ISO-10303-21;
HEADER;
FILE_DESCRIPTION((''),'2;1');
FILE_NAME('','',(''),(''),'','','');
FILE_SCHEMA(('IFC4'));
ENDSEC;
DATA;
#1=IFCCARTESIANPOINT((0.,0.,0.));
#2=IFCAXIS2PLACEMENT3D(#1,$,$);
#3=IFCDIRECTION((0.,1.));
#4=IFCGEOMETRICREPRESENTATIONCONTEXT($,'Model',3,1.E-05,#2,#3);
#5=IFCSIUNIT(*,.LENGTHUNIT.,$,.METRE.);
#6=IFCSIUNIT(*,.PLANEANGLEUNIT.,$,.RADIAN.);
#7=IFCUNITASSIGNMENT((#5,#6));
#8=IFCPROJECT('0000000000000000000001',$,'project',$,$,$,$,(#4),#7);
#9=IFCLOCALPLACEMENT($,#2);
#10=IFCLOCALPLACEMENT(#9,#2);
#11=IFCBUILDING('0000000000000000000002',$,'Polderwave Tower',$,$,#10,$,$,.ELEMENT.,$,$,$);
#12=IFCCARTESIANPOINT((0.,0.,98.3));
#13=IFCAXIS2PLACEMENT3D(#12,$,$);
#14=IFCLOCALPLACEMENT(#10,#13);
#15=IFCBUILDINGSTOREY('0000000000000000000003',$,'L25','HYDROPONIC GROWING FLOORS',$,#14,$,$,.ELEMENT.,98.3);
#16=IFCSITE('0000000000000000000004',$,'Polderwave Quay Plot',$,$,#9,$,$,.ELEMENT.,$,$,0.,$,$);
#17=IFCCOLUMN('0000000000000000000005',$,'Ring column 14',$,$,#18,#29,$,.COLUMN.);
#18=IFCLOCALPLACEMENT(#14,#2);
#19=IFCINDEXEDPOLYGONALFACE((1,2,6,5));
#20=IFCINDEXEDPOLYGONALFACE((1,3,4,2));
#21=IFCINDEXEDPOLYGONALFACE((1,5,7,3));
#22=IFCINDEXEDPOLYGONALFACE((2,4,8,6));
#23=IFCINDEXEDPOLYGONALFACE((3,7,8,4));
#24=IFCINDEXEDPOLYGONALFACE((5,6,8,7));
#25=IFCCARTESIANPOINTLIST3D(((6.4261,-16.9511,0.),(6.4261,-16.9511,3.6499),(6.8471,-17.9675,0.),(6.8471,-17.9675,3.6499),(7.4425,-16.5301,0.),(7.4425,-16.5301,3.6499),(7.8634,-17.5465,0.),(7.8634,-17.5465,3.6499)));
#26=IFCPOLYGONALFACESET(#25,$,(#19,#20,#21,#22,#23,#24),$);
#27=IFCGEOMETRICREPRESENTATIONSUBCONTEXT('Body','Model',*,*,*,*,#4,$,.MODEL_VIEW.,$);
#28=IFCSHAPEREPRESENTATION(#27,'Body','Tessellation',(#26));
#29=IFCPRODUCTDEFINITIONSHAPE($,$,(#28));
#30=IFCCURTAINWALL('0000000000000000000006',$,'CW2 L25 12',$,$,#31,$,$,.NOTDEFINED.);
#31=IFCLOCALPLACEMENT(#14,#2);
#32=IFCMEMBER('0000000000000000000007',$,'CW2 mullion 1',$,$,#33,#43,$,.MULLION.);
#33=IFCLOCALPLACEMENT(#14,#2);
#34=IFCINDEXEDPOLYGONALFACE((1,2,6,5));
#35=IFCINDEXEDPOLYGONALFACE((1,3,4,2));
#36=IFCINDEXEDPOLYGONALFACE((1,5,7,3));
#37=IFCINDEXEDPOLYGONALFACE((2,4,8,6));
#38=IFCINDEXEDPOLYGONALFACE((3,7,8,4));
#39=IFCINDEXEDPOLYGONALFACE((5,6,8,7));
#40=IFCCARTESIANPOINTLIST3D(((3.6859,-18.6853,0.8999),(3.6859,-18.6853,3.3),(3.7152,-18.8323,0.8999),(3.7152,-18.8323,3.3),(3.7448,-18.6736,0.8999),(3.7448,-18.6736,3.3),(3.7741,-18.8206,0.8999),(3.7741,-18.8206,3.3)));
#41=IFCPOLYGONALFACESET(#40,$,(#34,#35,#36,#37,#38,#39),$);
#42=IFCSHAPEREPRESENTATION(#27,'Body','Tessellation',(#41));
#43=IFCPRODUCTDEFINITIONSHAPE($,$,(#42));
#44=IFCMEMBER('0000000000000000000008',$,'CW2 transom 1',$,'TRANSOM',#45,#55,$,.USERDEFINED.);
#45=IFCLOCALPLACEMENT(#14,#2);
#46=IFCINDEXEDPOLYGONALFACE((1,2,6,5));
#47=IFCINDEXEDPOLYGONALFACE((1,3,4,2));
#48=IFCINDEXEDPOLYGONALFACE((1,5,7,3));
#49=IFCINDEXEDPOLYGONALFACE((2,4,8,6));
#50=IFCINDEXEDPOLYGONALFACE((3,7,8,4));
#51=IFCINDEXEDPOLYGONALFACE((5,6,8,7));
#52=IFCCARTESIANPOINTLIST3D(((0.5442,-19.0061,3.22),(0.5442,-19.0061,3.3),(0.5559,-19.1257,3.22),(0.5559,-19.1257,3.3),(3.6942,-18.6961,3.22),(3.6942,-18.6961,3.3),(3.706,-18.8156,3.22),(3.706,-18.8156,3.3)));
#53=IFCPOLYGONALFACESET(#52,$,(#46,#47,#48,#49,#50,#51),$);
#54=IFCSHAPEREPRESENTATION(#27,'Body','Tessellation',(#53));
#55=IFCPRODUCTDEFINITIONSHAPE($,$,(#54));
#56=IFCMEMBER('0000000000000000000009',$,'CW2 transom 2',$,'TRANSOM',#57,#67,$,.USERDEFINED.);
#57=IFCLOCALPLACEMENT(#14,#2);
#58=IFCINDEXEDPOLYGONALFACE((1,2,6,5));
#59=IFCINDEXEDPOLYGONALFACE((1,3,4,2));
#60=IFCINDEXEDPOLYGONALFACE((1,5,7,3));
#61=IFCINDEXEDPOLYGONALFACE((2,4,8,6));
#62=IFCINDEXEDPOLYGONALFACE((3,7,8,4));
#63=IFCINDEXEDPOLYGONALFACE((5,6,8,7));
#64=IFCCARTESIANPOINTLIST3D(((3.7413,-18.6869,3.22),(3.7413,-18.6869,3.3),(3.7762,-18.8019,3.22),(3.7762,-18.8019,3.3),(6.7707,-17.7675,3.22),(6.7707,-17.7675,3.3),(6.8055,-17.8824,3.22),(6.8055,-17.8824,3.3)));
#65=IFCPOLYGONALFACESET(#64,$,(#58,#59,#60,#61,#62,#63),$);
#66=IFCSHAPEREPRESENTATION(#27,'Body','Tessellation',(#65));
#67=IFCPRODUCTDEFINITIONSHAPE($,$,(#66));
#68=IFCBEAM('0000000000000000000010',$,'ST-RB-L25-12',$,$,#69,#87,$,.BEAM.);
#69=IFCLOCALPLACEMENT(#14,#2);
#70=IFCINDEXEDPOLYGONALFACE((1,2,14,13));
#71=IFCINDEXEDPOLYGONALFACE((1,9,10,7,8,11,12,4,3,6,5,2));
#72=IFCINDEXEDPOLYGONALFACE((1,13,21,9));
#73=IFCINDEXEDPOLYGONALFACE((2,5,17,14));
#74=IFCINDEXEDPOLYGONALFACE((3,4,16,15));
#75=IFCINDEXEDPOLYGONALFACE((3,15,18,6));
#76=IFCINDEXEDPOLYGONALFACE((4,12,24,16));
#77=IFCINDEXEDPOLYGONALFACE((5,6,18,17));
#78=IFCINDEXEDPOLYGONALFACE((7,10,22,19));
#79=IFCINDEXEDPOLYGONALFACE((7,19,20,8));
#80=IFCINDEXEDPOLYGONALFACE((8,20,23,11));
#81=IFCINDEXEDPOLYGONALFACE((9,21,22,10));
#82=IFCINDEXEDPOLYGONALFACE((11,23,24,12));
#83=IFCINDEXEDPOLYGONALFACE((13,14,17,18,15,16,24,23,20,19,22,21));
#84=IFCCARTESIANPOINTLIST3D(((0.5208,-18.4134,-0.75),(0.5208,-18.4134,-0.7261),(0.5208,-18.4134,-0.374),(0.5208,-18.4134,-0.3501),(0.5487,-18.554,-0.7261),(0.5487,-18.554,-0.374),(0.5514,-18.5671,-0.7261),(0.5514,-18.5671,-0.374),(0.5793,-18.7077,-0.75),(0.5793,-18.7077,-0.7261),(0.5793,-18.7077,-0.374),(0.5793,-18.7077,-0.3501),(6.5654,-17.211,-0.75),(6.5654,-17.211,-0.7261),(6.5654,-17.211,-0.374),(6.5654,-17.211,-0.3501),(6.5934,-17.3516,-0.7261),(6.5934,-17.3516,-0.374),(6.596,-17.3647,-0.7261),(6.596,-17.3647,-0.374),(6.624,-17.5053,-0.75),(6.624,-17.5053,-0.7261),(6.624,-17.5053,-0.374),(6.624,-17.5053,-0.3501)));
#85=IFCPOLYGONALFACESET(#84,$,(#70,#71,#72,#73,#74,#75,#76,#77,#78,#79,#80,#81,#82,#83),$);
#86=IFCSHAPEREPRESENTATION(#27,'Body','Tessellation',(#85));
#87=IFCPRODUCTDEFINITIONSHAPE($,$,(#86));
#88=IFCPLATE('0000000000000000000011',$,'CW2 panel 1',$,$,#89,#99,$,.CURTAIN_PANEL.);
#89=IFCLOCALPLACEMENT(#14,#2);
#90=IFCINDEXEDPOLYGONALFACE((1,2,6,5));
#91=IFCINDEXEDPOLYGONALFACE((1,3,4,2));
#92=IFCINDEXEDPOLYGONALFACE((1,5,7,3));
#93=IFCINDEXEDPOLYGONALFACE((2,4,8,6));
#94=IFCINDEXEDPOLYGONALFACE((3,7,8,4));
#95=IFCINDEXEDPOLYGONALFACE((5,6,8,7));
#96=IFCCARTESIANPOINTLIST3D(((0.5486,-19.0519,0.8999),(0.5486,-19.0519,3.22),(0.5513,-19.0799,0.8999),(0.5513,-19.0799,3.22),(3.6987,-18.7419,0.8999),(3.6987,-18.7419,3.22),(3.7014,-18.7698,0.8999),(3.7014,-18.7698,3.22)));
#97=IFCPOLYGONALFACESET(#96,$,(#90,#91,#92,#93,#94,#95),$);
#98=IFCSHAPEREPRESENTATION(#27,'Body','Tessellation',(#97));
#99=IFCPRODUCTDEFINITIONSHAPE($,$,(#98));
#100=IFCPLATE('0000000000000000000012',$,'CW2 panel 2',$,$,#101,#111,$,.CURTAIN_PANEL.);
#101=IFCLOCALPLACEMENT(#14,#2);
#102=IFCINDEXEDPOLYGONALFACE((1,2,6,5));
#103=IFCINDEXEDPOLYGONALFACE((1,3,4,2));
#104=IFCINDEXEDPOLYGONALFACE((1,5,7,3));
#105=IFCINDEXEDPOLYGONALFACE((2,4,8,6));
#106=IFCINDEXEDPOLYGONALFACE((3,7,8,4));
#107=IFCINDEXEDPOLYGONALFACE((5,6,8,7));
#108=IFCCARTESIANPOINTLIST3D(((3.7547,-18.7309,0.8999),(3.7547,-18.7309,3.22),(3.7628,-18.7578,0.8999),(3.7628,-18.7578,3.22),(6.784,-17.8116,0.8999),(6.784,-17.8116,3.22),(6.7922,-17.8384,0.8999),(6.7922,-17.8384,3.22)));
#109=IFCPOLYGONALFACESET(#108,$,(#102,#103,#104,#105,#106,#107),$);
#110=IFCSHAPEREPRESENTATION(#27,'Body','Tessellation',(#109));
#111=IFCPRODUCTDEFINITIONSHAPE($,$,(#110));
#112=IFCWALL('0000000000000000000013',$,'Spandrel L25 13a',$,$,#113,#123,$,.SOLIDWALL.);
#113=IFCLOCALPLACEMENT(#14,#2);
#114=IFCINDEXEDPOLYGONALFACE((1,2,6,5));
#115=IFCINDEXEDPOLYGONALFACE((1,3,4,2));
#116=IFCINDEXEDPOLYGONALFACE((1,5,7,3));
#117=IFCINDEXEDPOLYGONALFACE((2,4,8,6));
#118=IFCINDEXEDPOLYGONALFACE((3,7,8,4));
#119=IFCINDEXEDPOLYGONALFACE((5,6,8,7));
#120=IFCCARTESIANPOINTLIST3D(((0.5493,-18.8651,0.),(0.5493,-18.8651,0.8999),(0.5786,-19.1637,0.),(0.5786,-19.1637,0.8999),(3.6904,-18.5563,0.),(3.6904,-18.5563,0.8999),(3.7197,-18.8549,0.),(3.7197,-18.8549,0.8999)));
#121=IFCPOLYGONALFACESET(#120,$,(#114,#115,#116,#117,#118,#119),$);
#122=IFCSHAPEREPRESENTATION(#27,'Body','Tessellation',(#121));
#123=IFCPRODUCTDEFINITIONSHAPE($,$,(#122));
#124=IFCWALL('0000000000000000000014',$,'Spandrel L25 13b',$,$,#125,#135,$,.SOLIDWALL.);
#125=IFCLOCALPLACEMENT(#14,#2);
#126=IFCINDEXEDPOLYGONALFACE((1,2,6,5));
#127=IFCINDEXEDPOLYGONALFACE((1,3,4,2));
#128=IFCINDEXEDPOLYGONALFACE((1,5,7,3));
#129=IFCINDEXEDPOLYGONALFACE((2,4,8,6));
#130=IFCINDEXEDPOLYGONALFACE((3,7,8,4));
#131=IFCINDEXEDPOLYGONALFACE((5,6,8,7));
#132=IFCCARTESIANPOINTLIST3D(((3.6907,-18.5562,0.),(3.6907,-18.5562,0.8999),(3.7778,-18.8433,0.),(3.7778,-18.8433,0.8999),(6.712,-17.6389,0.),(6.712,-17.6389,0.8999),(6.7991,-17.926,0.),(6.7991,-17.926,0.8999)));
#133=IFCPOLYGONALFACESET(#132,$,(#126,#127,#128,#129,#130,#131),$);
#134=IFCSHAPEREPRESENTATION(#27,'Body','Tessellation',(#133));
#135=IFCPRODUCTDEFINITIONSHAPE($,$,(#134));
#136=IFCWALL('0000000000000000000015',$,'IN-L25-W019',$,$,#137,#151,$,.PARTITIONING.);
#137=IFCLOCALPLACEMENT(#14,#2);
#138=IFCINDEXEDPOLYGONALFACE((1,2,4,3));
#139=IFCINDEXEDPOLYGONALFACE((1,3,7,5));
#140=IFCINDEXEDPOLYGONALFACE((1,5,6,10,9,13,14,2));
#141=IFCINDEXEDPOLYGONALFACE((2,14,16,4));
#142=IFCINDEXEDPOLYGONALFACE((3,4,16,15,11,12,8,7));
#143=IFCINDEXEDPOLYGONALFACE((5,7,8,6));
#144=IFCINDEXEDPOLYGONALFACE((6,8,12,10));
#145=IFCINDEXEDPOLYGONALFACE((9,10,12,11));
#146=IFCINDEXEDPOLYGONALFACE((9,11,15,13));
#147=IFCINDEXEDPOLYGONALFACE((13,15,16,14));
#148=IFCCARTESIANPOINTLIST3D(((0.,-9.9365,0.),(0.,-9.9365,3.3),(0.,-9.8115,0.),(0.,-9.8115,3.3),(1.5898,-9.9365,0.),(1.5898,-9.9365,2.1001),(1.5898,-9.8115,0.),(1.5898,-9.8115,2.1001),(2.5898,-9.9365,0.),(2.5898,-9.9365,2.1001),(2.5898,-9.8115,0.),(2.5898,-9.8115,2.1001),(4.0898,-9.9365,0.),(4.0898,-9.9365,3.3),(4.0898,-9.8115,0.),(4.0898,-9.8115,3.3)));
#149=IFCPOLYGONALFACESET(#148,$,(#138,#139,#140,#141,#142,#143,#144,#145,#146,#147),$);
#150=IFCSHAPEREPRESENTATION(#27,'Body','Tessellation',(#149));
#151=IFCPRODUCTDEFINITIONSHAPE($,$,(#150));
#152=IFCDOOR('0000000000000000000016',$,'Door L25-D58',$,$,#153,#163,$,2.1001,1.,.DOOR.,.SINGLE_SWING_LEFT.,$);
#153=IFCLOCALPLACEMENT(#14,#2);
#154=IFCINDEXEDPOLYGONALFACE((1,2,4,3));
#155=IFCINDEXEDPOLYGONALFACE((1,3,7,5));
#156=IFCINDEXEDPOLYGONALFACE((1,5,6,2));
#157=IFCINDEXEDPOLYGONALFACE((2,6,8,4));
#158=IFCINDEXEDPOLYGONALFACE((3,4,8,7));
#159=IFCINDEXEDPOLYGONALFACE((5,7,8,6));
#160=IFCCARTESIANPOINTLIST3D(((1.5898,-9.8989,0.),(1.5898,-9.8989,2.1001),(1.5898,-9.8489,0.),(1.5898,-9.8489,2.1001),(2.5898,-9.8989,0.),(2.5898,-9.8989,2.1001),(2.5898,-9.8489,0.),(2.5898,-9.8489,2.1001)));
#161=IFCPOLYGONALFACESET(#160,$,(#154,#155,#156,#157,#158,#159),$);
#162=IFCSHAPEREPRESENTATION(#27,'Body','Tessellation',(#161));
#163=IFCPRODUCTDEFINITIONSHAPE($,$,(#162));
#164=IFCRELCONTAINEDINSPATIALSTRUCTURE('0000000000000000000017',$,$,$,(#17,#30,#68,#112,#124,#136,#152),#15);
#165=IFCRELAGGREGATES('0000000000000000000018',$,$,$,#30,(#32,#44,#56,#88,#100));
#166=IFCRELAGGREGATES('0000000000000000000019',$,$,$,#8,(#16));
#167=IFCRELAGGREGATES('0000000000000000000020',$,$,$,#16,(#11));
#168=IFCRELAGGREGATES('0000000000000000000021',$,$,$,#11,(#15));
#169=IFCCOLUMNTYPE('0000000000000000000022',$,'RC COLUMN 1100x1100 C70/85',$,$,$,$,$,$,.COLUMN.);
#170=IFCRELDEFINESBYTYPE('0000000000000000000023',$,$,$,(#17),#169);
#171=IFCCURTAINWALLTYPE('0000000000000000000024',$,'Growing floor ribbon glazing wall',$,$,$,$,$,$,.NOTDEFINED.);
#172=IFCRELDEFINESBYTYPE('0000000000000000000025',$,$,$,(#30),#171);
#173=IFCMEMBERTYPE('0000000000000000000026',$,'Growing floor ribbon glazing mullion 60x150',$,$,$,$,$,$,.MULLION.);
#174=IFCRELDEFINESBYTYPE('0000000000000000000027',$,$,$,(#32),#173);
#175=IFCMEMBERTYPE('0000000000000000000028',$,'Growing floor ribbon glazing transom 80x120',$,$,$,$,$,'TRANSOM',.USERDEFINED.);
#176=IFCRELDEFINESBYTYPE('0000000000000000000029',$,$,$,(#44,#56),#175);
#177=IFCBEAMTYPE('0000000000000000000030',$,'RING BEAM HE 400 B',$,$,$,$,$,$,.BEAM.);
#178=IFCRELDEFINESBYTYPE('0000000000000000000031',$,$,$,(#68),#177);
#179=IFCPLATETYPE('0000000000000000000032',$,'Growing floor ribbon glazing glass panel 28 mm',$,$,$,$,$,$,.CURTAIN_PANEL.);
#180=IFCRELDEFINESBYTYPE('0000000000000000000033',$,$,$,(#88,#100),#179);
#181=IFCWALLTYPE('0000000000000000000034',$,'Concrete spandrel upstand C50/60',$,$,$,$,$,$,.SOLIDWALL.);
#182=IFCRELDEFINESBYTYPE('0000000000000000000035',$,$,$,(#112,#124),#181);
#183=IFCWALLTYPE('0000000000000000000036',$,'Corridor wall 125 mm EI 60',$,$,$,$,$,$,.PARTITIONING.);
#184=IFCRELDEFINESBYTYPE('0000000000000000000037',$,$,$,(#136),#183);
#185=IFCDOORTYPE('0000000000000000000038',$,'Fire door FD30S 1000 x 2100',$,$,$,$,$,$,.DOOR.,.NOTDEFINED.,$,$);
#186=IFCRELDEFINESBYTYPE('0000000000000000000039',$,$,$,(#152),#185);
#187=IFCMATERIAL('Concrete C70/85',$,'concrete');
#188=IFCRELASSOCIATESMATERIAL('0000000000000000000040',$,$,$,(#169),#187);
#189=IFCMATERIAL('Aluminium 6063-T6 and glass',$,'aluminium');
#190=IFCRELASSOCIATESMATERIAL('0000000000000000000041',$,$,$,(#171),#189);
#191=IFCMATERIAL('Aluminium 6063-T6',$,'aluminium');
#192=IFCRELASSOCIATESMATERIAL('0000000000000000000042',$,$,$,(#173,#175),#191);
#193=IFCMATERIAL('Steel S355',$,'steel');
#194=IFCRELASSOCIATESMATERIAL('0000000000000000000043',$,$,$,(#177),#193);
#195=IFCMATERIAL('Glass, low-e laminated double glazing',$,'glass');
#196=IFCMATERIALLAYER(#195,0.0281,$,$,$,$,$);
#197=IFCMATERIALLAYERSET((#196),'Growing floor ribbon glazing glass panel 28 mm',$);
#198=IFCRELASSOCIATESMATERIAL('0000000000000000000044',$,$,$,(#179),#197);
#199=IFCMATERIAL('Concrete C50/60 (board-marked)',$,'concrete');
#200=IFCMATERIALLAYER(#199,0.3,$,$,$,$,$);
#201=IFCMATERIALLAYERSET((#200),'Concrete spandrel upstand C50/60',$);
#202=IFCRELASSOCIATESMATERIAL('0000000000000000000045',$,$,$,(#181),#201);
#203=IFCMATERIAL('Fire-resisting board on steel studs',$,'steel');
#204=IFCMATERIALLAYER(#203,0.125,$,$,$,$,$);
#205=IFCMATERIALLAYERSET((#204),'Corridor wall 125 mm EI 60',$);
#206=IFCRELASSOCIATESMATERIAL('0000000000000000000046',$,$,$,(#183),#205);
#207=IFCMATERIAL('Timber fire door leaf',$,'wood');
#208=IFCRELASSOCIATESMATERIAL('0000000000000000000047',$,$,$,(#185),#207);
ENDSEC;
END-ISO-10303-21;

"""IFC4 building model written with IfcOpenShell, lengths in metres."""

from ifc_helpers import new_model, si_unit, direction, frame, frame_2d, origin, origin_2d, place, context, subcontext, project, spatial, rectangle, i_section, extrude, material, layer, layer_set, material_profile, profile_set, type_object, element, fill, aggregate, save


model = new_model("IFC4")

# Units and contexts
model_context = context("Model", 3, precision=1e-05, world=origin(), true_north=direction((0.0, 1.0)))
body_context = subcontext(model_context, "Body", "Model", "MODEL_VIEW")
ifc_project = project(units=[si_unit("LENGTHUNIT", "METRE"), si_unit("PLANEANGLEUNIT", "RADIAN")], contexts=[model_context])

# Site, building, storey
site_placement = place(None, origin())
site = spatial("IfcSite", under=ifc_project, at=site_placement, Name="Polderwave Quay Plot", CompositionType="ELEMENT", RefElevation=0.0)
building_placement = place(site_placement, origin())
building = spatial("IfcBuilding", under=site, at=building_placement, Name="Polderwave Tower", CompositionType="ELEMENT")
storey_placement = place(building_placement, frame((0.0, 0.0, 98.3)))
storey = spatial("IfcBuildingStorey", under=building, at=storey_placement, Name="L25", Description="HYDROPONIC GROWING FLOORS", CompositionType="ELEMENT", Elevation=98.3)

# Column
ifc_material_1 = material(Name="Concrete C70/85", Category="concrete")
ifc_material_profile_1 = material_profile(ifc_material_1, rectangle(XDim=1.1001, YDim=1.1001, at=origin_2d()), Name="RC 1100x1100")
ifc_profile_set_1 = profile_set([ifc_material_profile_1], Name="Concrete C70/85")
column_type = type_object("IfcColumnType", Name="RC COLUMN 1100x1100 C70/85", PredefinedType="COLUMN", material=ifc_profile_set_1)
column_placement = place(storey_placement, frame((7.1448, -17.2488, 0.0), z_axis=(0.0, 0.0, 1.0), x_axis=(0.382683, -0.92388, 0.0)))
element("IfcColumn", 1, at=column_placement, inside=storey, type_object=column_type, Name="Ring column 14", PredefinedType="COLUMN", context=body_context, shape_type="SweptSolid", body=[
    extrude(rectangle(XDim=1.1001, YDim=1.1001, at=origin_2d()), origin(), (0.0, 0.0, 1.0), 3.6499),
])

# Curtain wall, members
ifc_material_2 = material(Name="Aluminium 6063-T6 and glass", Category="aluminium")
curtain_wall_type = type_object("IfcCurtainWallType", Name="Growing floor ribbon glazing wall", PredefinedType="NOTDEFINED", material=ifc_material_2)
curtain_wall_placement = place(storey_placement, origin())
curtain_wall = element("IfcCurtainWall", 2, at=curtain_wall_placement, inside=storey, type_object=curtain_wall_type, Name="CW2 L25 12", PredefinedType="NOTDEFINED")
ifc_material_3 = material(Name="Aluminium 6063-T6", Category="aluminium")
ifc_material_profile_2 = material_profile(ifc_material_3, rectangle(XDim=0.1499, YDim=0.0601, at=origin_2d()), Name="AL 60x150")
ifc_profile_set_2 = profile_set([ifc_material_profile_2], Name="Aluminium 6063-T6")
member_type_1 = type_object("IfcMemberType", Name="Growing floor ribbon glazing mullion 60x150", PredefinedType="MULLION", material=ifc_profile_set_2)
member_1_placement = place(storey_placement, frame((3.73, -18.7529, 0.8999), z_axis=(0.0, 0.0, 1.0), x_axis=(-0.195113, 0.980781, 0.0)))
member_1 = element("IfcMember", 3, at=member_1_placement, type_object=member_type_1, Name="CW2 mullion 1", PredefinedType="MULLION", context=body_context, shape_type="SweptSolid", body=[
    extrude(rectangle(XDim=0.1499, YDim=0.0601, at=origin_2d()), origin(), (0.0, 0.0, 1.0), 2.4001),
])
ifc_material_profile_3 = material_profile(ifc_material_3, rectangle(XDim=0.1201, YDim=0.0801, at=origin_2d()), Name="AL 80x120")
ifc_profile_set_3 = profile_set([ifc_material_profile_3], Name="Aluminium 6063-T6")
member_type_2 = type_object("IfcMemberType", Name="Growing floor ribbon glazing transom 80x120", ElementType="TRANSOM", PredefinedType="USERDEFINED", material=ifc_profile_set_3)
member_2_placement = place(storey_placement, frame((0.55, -19.0659, 3.26), z_axis=(0.995191, 0.097953, 0.0), x_axis=(-0.097953, 0.995191, 0.0)))
member_2 = element("IfcMember", 4, at=member_2_placement, type_object=member_type_2, Name="CW2 transom 1", ObjectType="TRANSOM", PredefinedType="USERDEFINED", context=body_context, shape_type="SweptSolid", body=[
    extrude(rectangle(XDim=0.1201, YDim=0.0801, at=origin_2d()), origin(), (0.0, 0.0, 1.0), 3.1653),
])
member_3_placement = place(storey_placement, frame((3.7588, -18.7444, 3.26), z_axis=(0.956896, 0.290431, 0.0), x_axis=(-0.290431, 0.956896, 0.0)))
member_3 = element("IfcMember", 5, at=member_3_placement, type_object=member_type_2, Name="CW2 transom 2", ObjectType="TRANSOM", PredefinedType="USERDEFINED", context=body_context, shape_type="SweptSolid", body=[
    extrude(rectangle(XDim=0.1201, YDim=0.0801, at=origin_2d()), origin(), (0.0, 0.0, 1.0), 3.1658),
])

# Beam
ifc_material_4 = material(Name="Steel S355", Category="steel")
ifc_material_profile_4 = material_profile(ifc_material_4, i_section(OverallWidth=0.3, OverallDepth=0.3999, WebThickness=0.0134, FlangeThickness=0.0239, at=origin_2d()), Name="HE 400 B")
ifc_profile_set_4 = profile_set([ifc_material_profile_4], Name="Steel S355")
beam_type = type_object("IfcBeamType", Name="RING BEAM HE 400 B", PredefinedType="BEAM", material=ifc_profile_set_4)
beam_placement = place(storey_placement, frame((0.55, -18.5605, -0.55), z_axis=(0.980784, 0.195095, 0.0), x_axis=(-0.195095, 0.980784, 0.0)))
element("IfcBeam", 6, at=beam_placement, inside=storey, type_object=beam_type, Name="ST-RB-L25-12", PredefinedType="BEAM", context=body_context, shape_type="SweptSolid", body=[
    extrude(i_section(OverallWidth=0.3, OverallDepth=0.3999, WebThickness=0.0134, FlangeThickness=0.0239, at=origin_2d()), origin(), (0.0, 0.0, 1.0), 6.1631),
])

# Plates
ifc_material_5 = material(Name="Glass, low-e laminated double glazing", Category="glass")
ifc_layer_1 = layer(ifc_material_5, 0.0281)
ifc_layer_set_1 = layer_set([ifc_layer_1], Name="Growing floor ribbon glazing glass panel 28 mm")
plate_type = type_object("IfcPlateType", Name="Growing floor ribbon glazing glass panel 28 mm", PredefinedType="CURTAIN_PANEL", material=ifc_layer_set_1)
plate_1_placement = place(storey_placement, frame((2.125, -18.9109, 0.8999), z_axis=(0.0, 0.0, 1.0), x_axis=(0.995191, 0.097955, 0.0)))
plate_1 = element("IfcPlate", 7, at=plate_1_placement, type_object=plate_type, Name="CW2 panel 1", PredefinedType="CURTAIN_PANEL", context=body_context, shape_type="SweptSolid", body=[
    extrude(rectangle(XDim=3.1653, YDim=0.0281, at=origin_2d()), origin(), (0.0, 0.0, 1.0), 2.3201),
])
plate_2_placement = place(storey_placement, frame((5.2734, -18.2847, 0.8999), z_axis=(0.0, 0.0, 1.0), x_axis=(0.956908, 0.29039, 0.0)))
plate_2 = element("IfcPlate", 8, at=plate_2_placement, type_object=plate_type, Name="CW2 panel 2", PredefinedType="CURTAIN_PANEL", context=body_context, shape_type="SweptSolid", body=[
    extrude(rectangle(XDim=3.1658, YDim=0.0281, at=origin_2d()), origin(), (0.0, 0.0, 1.0), 2.3201),
])
aggregate(curtain_wall, [member_1, member_2, member_3, plate_1, plate_2])

# Walls
ifc_material_6 = material(Name="Concrete C50/60 (board-marked)", Category="concrete")
ifc_layer_2 = layer(ifc_material_6, 0.3)
ifc_layer_set_2 = layer_set([ifc_layer_2], Name="Concrete spandrel upstand C50/60")
wall_type_1 = type_object("IfcWallType", Name="Concrete spandrel upstand C50/60", PredefinedType="SOLIDWALL", material=ifc_layer_set_2)
wall_1_placement = place(storey_placement, frame((0.564, -19.0144, 0.0), z_axis=(0.0, 0.0, 1.0), x_axis=(0.995201, 0.097849, 0.0)))
element("IfcWall", 9, at=wall_1_placement, inside=storey, type_object=wall_type_1, Name="Spandrel L25 13a", PredefinedType="SOLIDWALL", context=body_context, shape_type="SweptSolid", body=[
    extrude(rectangle(XDim=3.1562, YDim=0.3, at=frame_2d((1.5781, 0.0))), origin(), (0.0, 0.0, 1.0), 0.8999),
])
wall_2_placement = place(storey_placement, frame((3.7344, -18.6997, 0.0), z_axis=(0.0, 0.0, 1.0), x_axis=(0.956874, 0.290503, 0.0)))
element("IfcWall", 10, at=wall_2_placement, inside=storey, type_object=wall_type_1, Name="Spandrel L25 13b", PredefinedType="SOLIDWALL", context=body_context, shape_type="SweptSolid", body=[
    extrude(rectangle(XDim=3.1575, YDim=0.3, at=frame_2d((1.5786, 0.0))), origin(), (0.0, 0.0, 1.0), 0.8999),
])

# Wall, opening, door
ifc_material_7 = material(Name="Fire-resisting board on steel studs", Category="steel")
ifc_layer_3 = layer(ifc_material_7, 0.125)
ifc_layer_set_3 = layer_set([ifc_layer_3], Name="Corridor wall 125 mm EI 60")
wall_type_2 = type_object("IfcWallType", Name="Corridor wall 125 mm EI 60", PredefinedType="PARTITIONING", material=ifc_layer_set_3)
wall_3_placement = place(storey_placement, frame((4.0898, -9.874, 0.0), z_axis=(0.0, 0.0, 1.0), x_axis=(-1.0, 0.0, 0.0)))
wall_3 = element("IfcWall", 11, at=wall_3_placement, inside=storey, type_object=wall_type_2, Name="IN-L25-W019", PredefinedType="PARTITIONING", context=body_context, shape_type="SweptSolid", body=[
    extrude(rectangle(XDim=4.0898, YDim=0.125, at=frame_2d((2.0449, 0.0))), origin(), (0.0, 0.0, 1.0), 3.3),
])
opening_1_placement = place(wall_3_placement, frame((1.5, 0.0, 0.0)))
opening_1 = element("IfcOpeningElement", 12, at=opening_1_placement, cuts=wall_3, PredefinedType="OPENING", context=body_context, shape_type="SweptSolid", body=[
    extrude(rectangle(XDim=1.0, YDim=2.1001, at=frame_2d((0.5, 1.05))), frame((0.0, 0.0725, 0.0), z_axis=(0.0, -1.0, 0.0), x_axis=(1.0, 0.0, 0.0)), (0.0, 0.0, 1.0), 0.145),
])
ifc_material_8 = material(Name="Timber fire door leaf", Category="wood")
door_type_1 = type_object("IfcDoorType", Name="Fire door FD30S 1000 x 2100", OperationType="NOTDEFINED", PredefinedType="DOOR", material=ifc_material_8)
door_1_placement = place(opening_1_placement, origin())
door_1 = element("IfcDoor", 13, at=door_1_placement, inside=storey, type_object=door_type_1, Name="Door L25-D58", OperationType="SINGLE_SWING_LEFT", OverallHeight=2.1001, OverallWidth=1.0, PredefinedType="DOOR", context=body_context, shape_type="SweptSolid", body=[
    extrude(rectangle(XDim=1.0, YDim=2.1001, at=frame_2d((0.5, 1.05))), frame((0.0, 0.0249, 0.0), z_axis=(0.0, -1.0, 0.0), x_axis=(1.0, 0.0, 0.0)), (0.0, 0.0, 1.0), 0.05),
])
fill(opening_1, door_1)

save(model, "model.ifc")
